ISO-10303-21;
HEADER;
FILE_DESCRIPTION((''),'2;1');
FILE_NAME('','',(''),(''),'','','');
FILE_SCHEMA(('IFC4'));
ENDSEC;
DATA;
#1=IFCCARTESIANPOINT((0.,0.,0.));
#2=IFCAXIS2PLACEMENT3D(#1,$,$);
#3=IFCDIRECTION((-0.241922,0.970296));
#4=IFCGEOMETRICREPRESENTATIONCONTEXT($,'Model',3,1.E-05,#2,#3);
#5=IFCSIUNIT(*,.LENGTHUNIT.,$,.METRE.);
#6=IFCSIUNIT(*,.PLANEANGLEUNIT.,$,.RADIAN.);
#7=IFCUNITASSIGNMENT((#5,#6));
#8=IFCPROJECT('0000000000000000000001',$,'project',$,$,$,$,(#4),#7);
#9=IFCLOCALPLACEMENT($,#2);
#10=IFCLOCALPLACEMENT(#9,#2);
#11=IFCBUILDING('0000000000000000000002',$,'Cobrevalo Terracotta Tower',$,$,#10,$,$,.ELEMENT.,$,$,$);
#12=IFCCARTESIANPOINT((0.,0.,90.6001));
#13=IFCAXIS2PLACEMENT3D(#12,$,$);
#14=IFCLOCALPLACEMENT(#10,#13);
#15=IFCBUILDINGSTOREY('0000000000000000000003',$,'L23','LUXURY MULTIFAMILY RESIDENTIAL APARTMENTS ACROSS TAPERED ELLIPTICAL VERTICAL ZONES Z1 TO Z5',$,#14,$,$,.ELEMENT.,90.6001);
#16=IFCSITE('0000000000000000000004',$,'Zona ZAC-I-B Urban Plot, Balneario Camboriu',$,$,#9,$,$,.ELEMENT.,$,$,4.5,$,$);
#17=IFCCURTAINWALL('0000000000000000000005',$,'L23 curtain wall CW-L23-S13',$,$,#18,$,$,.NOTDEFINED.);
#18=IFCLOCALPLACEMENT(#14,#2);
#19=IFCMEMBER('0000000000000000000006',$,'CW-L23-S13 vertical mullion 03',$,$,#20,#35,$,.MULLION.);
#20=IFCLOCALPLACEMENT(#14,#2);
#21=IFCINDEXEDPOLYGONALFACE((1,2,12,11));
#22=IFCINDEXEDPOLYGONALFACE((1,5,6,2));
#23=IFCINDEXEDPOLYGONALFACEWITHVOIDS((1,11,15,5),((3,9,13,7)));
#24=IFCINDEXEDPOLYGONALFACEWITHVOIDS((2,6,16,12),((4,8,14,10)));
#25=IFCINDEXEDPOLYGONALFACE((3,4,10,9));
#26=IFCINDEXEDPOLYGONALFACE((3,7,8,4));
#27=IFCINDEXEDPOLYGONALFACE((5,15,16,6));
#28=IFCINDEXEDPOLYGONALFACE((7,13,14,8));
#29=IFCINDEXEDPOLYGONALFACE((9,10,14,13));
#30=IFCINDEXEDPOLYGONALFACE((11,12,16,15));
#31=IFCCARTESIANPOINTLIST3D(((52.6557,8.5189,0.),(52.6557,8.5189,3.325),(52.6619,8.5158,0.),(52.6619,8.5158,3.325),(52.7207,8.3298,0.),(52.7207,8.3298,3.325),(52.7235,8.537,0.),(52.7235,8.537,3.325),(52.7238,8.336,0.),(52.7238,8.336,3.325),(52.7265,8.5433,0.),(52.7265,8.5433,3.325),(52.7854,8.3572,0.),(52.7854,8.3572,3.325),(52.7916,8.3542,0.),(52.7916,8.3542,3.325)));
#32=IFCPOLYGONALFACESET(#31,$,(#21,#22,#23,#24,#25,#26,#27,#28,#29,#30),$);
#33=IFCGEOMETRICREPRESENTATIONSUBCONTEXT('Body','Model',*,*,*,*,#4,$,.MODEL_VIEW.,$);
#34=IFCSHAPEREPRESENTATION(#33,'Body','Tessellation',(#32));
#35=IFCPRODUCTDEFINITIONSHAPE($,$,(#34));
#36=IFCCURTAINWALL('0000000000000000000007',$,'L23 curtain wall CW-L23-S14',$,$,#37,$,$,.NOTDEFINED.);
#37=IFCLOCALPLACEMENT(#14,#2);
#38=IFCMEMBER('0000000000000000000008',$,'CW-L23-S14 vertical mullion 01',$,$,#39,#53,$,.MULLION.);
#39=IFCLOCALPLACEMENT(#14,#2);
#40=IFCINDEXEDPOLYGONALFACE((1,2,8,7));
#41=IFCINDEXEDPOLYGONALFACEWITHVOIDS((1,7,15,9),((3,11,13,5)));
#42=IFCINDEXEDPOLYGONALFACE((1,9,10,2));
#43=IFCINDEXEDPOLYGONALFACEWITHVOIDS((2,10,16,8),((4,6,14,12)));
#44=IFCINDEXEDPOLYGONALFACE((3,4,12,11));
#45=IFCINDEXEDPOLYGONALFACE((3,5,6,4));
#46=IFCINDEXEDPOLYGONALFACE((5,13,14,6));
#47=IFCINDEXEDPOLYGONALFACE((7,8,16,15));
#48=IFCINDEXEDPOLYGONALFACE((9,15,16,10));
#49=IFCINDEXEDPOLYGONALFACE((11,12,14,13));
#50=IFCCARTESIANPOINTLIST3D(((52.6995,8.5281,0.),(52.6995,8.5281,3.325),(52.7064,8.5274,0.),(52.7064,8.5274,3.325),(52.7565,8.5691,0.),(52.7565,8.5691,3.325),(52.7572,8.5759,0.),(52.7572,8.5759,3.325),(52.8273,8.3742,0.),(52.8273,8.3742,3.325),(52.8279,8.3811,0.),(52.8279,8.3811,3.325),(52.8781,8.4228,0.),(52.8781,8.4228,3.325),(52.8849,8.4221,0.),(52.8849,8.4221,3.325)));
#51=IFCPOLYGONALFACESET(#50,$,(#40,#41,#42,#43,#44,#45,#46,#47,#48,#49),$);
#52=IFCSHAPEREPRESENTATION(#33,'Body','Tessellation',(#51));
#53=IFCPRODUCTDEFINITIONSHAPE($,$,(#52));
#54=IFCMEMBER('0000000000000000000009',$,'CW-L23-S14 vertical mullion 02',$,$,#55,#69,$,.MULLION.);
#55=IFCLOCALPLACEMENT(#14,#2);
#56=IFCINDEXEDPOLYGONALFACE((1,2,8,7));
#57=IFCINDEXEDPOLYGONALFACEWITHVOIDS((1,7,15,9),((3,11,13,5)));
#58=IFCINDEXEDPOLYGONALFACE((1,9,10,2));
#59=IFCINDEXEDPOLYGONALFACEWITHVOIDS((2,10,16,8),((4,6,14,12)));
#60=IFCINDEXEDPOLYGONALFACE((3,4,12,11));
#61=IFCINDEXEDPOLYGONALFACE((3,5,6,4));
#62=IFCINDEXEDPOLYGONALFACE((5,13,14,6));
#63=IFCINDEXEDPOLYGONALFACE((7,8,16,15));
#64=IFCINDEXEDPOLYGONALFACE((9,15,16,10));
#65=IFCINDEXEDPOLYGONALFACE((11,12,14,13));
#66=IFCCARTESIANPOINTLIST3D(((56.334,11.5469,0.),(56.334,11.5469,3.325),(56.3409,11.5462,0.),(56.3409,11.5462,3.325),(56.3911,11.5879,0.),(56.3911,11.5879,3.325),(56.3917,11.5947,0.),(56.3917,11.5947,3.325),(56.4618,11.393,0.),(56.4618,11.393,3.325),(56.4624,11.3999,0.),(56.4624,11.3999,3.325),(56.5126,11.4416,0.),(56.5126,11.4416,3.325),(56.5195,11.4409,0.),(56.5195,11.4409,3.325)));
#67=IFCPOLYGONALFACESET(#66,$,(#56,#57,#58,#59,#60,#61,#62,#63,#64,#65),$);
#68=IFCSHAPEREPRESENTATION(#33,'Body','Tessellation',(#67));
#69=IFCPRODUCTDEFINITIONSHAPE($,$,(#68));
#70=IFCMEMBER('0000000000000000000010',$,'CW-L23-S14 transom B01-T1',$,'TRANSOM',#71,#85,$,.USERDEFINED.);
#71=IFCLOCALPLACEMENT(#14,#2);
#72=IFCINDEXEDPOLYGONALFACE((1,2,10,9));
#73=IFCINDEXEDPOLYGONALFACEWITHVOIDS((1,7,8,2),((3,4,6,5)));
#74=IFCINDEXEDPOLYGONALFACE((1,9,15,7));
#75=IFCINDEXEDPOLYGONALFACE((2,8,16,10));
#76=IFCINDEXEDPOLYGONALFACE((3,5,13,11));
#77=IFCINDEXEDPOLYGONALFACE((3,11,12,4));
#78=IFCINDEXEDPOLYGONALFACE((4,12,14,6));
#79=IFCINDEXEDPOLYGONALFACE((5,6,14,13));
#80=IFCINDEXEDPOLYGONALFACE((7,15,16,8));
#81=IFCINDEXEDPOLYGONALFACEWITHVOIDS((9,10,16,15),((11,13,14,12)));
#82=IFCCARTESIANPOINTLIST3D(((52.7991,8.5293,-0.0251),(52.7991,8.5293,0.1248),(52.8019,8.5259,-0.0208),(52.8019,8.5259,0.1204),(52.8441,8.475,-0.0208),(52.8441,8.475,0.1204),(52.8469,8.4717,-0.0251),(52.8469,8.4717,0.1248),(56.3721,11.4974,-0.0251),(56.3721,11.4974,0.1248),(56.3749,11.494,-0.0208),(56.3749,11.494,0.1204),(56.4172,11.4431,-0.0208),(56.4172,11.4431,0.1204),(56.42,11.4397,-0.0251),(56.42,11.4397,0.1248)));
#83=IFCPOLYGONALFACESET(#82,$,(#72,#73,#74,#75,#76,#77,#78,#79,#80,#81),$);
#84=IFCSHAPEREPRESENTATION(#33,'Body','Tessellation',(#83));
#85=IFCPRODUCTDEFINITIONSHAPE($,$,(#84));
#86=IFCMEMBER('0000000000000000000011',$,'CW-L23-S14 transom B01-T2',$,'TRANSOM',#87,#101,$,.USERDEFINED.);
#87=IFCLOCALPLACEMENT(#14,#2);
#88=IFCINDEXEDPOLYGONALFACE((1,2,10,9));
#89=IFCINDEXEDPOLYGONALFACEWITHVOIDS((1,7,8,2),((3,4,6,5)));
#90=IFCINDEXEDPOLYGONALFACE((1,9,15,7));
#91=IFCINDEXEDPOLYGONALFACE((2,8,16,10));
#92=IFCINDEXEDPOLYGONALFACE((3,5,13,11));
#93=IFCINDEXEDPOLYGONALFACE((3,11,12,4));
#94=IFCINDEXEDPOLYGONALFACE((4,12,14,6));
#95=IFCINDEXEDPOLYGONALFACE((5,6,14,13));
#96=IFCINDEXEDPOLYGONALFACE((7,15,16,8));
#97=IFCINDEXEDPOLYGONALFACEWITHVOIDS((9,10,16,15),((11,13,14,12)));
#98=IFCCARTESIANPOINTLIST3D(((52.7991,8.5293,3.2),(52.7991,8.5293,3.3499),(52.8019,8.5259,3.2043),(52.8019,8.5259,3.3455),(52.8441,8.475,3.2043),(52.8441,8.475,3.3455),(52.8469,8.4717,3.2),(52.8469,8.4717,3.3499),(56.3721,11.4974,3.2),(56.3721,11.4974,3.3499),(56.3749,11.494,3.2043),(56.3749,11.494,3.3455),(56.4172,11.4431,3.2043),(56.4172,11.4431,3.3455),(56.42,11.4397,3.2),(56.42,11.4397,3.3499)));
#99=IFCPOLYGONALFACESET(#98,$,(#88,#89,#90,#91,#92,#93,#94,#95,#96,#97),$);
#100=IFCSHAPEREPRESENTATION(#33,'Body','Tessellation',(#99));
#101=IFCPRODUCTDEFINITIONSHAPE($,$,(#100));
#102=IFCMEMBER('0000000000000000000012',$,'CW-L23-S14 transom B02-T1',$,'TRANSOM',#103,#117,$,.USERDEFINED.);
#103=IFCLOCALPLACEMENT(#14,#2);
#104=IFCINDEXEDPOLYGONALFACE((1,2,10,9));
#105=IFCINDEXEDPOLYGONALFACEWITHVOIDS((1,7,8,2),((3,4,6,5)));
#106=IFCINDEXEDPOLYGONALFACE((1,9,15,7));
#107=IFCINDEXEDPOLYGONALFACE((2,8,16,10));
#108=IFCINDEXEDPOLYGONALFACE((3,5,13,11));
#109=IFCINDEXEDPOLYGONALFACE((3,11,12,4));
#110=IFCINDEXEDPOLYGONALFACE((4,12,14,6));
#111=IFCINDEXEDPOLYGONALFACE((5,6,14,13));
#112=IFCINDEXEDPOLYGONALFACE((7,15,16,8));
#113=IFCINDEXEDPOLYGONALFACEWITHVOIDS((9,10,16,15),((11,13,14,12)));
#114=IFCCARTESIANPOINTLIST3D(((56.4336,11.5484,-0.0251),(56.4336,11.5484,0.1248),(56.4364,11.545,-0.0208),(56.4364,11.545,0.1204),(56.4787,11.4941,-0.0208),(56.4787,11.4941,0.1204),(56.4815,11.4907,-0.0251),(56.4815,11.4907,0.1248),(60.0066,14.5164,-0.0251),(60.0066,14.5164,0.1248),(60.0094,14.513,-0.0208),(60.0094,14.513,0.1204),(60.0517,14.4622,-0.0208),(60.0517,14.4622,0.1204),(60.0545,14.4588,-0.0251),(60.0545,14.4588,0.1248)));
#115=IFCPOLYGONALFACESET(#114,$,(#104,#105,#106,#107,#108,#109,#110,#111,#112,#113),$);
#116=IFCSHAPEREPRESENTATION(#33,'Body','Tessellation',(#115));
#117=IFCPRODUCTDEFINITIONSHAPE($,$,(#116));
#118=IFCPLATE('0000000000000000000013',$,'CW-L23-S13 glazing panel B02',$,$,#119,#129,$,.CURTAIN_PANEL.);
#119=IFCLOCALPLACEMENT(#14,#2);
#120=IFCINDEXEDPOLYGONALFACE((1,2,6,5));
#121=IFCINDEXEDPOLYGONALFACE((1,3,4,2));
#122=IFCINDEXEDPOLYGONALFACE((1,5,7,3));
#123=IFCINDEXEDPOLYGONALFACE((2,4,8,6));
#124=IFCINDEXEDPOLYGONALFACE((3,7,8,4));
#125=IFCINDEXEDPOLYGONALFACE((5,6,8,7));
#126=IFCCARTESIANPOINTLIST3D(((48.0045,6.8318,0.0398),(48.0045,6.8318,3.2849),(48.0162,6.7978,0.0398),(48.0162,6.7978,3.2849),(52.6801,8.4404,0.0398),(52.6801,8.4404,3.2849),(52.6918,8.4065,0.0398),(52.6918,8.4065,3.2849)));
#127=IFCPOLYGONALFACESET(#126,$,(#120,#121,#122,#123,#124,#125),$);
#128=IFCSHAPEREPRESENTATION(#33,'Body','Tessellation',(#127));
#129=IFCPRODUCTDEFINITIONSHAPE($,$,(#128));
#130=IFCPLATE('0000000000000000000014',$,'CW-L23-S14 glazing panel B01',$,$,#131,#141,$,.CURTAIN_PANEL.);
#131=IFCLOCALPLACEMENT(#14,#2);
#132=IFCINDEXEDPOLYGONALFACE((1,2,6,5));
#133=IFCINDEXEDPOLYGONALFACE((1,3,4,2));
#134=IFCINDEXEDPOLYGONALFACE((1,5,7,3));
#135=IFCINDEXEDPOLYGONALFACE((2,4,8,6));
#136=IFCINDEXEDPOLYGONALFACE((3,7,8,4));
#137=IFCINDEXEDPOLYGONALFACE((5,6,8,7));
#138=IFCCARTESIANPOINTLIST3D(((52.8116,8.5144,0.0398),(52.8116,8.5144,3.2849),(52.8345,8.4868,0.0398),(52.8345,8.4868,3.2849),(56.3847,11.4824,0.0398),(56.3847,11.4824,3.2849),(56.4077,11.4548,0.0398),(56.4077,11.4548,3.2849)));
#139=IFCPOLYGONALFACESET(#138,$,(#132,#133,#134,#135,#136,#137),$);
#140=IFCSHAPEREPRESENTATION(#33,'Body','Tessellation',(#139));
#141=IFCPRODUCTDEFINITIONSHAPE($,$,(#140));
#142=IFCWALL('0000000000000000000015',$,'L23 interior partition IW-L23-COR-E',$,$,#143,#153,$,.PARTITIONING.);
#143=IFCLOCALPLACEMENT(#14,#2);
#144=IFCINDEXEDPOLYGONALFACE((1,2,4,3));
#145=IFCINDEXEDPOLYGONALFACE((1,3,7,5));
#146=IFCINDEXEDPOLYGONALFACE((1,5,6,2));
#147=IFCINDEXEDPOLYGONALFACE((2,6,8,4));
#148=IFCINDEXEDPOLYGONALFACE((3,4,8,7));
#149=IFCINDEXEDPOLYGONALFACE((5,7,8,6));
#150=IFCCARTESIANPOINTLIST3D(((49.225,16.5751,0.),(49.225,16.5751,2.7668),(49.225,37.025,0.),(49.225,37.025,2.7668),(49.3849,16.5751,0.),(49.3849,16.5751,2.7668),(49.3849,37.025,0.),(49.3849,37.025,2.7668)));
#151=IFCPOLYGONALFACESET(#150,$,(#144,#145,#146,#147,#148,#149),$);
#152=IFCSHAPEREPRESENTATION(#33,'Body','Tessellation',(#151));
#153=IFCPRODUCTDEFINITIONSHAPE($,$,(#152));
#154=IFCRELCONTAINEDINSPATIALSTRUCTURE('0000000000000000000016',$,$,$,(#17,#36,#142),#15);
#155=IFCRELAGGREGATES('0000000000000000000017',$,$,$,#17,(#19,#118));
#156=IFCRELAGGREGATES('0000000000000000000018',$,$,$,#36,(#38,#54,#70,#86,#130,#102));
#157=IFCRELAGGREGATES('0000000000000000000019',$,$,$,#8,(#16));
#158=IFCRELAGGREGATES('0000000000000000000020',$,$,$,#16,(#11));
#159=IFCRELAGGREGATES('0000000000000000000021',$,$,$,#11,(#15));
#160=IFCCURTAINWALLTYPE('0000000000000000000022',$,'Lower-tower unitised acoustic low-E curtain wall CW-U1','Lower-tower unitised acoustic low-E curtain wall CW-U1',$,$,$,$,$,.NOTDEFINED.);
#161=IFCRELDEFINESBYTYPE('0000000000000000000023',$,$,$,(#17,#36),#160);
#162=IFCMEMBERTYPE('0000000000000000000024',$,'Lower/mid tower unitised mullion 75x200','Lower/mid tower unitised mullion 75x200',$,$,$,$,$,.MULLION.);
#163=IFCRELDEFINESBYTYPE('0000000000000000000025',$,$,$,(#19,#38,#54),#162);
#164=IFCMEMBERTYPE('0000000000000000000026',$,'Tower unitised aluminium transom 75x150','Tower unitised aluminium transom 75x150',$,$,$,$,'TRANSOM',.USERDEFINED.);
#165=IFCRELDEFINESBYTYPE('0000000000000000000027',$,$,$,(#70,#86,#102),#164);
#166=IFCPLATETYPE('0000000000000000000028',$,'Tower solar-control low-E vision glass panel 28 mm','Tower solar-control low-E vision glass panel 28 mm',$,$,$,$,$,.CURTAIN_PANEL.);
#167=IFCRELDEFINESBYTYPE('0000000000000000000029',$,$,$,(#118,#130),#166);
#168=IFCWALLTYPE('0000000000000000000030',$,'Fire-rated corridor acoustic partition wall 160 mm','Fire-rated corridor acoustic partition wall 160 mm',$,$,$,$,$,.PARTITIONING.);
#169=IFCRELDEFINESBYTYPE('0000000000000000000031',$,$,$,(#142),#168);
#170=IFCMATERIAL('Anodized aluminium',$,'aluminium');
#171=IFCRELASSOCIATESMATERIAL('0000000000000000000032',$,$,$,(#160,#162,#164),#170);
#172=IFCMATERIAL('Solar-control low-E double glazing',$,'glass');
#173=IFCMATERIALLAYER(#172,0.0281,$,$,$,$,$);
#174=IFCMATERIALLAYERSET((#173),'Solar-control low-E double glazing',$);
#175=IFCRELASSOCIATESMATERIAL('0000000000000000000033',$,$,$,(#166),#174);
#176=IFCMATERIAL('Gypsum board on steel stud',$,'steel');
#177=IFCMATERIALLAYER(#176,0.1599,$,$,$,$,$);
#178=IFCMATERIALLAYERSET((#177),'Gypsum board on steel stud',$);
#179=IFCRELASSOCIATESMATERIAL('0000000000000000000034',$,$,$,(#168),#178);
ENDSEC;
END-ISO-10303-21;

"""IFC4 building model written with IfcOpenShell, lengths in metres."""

from ifc_helpers import new_model, si_unit, direction, frame, frame_2d, origin, origin_2d, place, context, subcontext, project, spatial, rectangle, hollow_rectangle, extrude, source, transform, mapped, material, layer, layer_set, material_profile, profile_set, type_object, element, aggregate, save


model = new_model("IFC4")

# Units and contexts
model_context = context("Model", 3, precision=1e-05, world=origin(), true_north=direction((-0.241922, 0.970296)))
body_context = subcontext(model_context, "Body", "Model", "MODEL_VIEW")
ifc_project = project(units=[si_unit("LENGTHUNIT", "METRE"), si_unit("PLANEANGLEUNIT", "RADIAN")], contexts=[model_context])

# Site, building, storey
site_placement = place(None, origin())
site = spatial("IfcSite", under=ifc_project, at=site_placement, Name="Zona ZAC-I-B Urban Plot, Balneario Camboriu", CompositionType="ELEMENT", RefElevation=4.5)
building_placement = place(site_placement, origin())
building = spatial("IfcBuilding", under=site, at=building_placement, Name="Cobrevalo Terracotta Tower", CompositionType="ELEMENT")
storey_placement = place(building_placement, frame((0.0, 0.0, 90.6001)))
storey = spatial("IfcBuildingStorey", under=building, at=storey_placement, Name="L23", Description="LUXURY MULTIFAMILY RESIDENTIAL APARTMENTS ACROSS TAPERED ELLIPTICAL VERTICAL ZONES Z1 TO Z5", CompositionType="ELEMENT", Elevation=90.6001)

# Curtain wall, member
ifc_material_1 = material(Name="Anodized aluminium", Category="aluminium")
curtain_wall_type = type_object("IfcCurtainWallType", Name="Lower-tower unitised acoustic low-E curtain wall CW-U1", Description="Lower-tower unitised acoustic low-E curtain wall CW-U1", PredefinedType="NOTDEFINED", material=ifc_material_1)
curtain_wall_1_placement = place(storey_placement, origin())
curtain_wall_1 = element("IfcCurtainWall", 1, at=curtain_wall_1_placement, inside=storey, type_object=curtain_wall_type, Name="L23 curtain wall CW-L23-S13", PredefinedType="NOTDEFINED")
ifc_material_profile_1 = material_profile(ifc_material_1, hollow_rectangle(XDim=0.075, YDim=0.2, WallThickness=0.0049, at=origin_2d()), Name="CWM 75x200")
ifc_profile_set_1 = profile_set([ifc_material_profile_1], Name="Anodized aluminium")
member_type_1 = type_object("IfcMemberType", Name="Lower/mid tower unitised mullion 75x200", Description="Lower/mid tower unitised mullion 75x200", PredefinedType="MULLION", material=ifc_profile_set_1)
shared_shape_1 = source(origin(), body_context, "Body", "SweptSolid", [
    extrude(hollow_rectangle(XDim=0.075, YDim=0.2, WallThickness=0.0049, at=origin_2d()), origin(), (0.0, 0.0, 1.0), 3.325),
])
member_1_placement = place(storey_placement, frame((52.7236, 8.4365, 0.0), z_axis=(0.0, 0.0, 1.0), x_axis=(0.945598, 0.325337, 0.0)))
member_1 = element("IfcMember", 2, at=member_1_placement, type_object=member_type_1, Name="CW-L23-S13 vertical mullion 03", PredefinedType="MULLION", context=body_context, shape_type="MappedRepresentation", body=[
    mapped(shared_shape_1, transform((0.0, 0.0, 0.0), scale=1.0)),
])

# Curtain wall, members
curtain_wall_2_placement = place(storey_placement, origin())
curtain_wall_2 = element("IfcCurtainWall", 3, at=curtain_wall_2_placement, inside=storey, type_object=curtain_wall_type, Name="L23 curtain wall CW-L23-S14", PredefinedType="NOTDEFINED")
member_2_placement = place(storey_placement, frame((52.7922, 8.4751, 0.0), z_axis=(0.0, 0.0, 1.0), x_axis=(0.769243, 0.638956, 0.0)))
member_2 = element("IfcMember", 4, at=member_2_placement, type_object=member_type_1, Name="CW-L23-S14 vertical mullion 01", PredefinedType="MULLION", context=body_context, shape_type="MappedRepresentation", body=[
    mapped(shared_shape_1, transform((0.0, 0.0, 0.0), scale=1.0)),
])
member_3_placement = place(storey_placement, frame((56.4268, 11.4939, 0.0), z_axis=(0.0, 0.0, 1.0), x_axis=(0.769243, 0.638956, 0.0)))
member_3 = element("IfcMember", 5, at=member_3_placement, type_object=member_type_1, Name="CW-L23-S14 vertical mullion 02", PredefinedType="MULLION", context=body_context, shape_type="MappedRepresentation", body=[
    mapped(shared_shape_1, transform((0.0, 0.0, 0.0), scale=1.0)),
])
ifc_material_profile_2 = material_profile(ifc_material_1, hollow_rectangle(XDim=0.075, YDim=0.1499, WallThickness=0.0044, at=origin_2d()), Name="CWT 75x150")
ifc_profile_set_2 = profile_set([ifc_material_profile_2], Name="Anodized aluminium")
member_type_2 = type_object("IfcMemberType", Name="Tower unitised aluminium transom 75x150", Description="Tower unitised aluminium transom 75x150", ElementType="TRANSOM", PredefinedType="USERDEFINED", material=ifc_profile_set_2)
shared_shape_2 = source(origin(), body_context, "Body", "SweptSolid", [
    extrude(hollow_rectangle(XDim=0.075, YDim=0.1499, WallThickness=0.0044, at=origin_2d()), origin(), (0.0, 0.0, 1.0), 4.645),
])
member_4_placement = place(storey_placement, frame((52.823, 8.5005, 0.0498), z_axis=(0.769224, 0.638979, 0.0), x_axis=(-0.638979, 0.769224, 0.0)))
member_4 = element("IfcMember", 6, at=member_4_placement, type_object=member_type_2, Name="CW-L23-S14 transom B01-T1", ObjectType="TRANSOM", PredefinedType="USERDEFINED", context=body_context, shape_type="MappedRepresentation", body=[
    mapped(shared_shape_2, transform((0.0, 0.0, 0.0), scale=1.0)),
])
member_5_placement = place(storey_placement, frame((52.823, 8.5005, 3.2749), z_axis=(0.769224, 0.638979, 0.0), x_axis=(-0.638979, 0.769224, 0.0)))
member_5 = element("IfcMember", 7, at=member_5_placement, type_object=member_type_2, Name="CW-L23-S14 transom B01-T2", ObjectType="TRANSOM", PredefinedType="USERDEFINED", context=body_context, shape_type="MappedRepresentation", body=[
    mapped(shared_shape_2, transform((0.0, 0.0, 0.0), scale=1.0)),
])
member_6_placement = place(storey_placement, frame((56.4575, 11.5195, 0.0498), z_axis=(0.769224, 0.638979, 0.0), x_axis=(-0.638979, 0.769224, 0.0)))
member_6 = element("IfcMember", 8, at=member_6_placement, type_object=member_type_2, Name="CW-L23-S14 transom B02-T1", ObjectType="TRANSOM", PredefinedType="USERDEFINED", context=body_context, shape_type="MappedRepresentation", body=[
    mapped(shared_shape_2, transform((0.0, 0.0, 0.0), scale=1.0)),
])

# Plates
ifc_material_2 = material(Name="Solar-control low-E double glazing", Category="glass")
ifc_layer_1 = layer(ifc_material_2, 0.0281)
ifc_layer_set_1 = layer_set([ifc_layer_1], Name="Solar-control low-E double glazing")
plate_type = type_object("IfcPlateType", Name="Tower solar-control low-E vision glass panel 28 mm", Description="Tower solar-control low-E vision glass panel 28 mm", PredefinedType="CURTAIN_PANEL", material=ifc_layer_set_1)
shared_shape_3 = source(origin(), body_context, "Body", "SweptSolid", [
    extrude(rectangle(XDim=4.9446, YDim=0.0359, at=origin_2d()), origin(), (0.0, 0.0, 1.0), 3.2451),
])
plate_1_placement = place(storey_placement, frame((50.3481, 7.6191, 0.0398), z_axis=(0.0, 0.0, 1.0), x_axis=(0.945596, 0.325342, 0.0)))
plate_1 = element("IfcPlate", 9, at=plate_1_placement, type_object=plate_type, Name="CW-L23-S13 glazing panel B02", PredefinedType="CURTAIN_PANEL", context=body_context, shape_type="MappedRepresentation", body=[
    mapped(shared_shape_3, transform((0.0, 0.0, 0.0), scale=1.0)),
])
aggregate(curtain_wall_1, [member_1, plate_1])
shared_shape_4 = source(origin(), body_context, "Body", "SweptSolid", [
    extrude(rectangle(XDim=4.645, YDim=0.0359, at=origin_2d()), origin(), (0.0, 0.0, 1.0), 3.2451),
])
plate_2_placement = place(storey_placement, frame((54.6096, 9.9846, 0.0398), z_axis=(0.0, 0.0, 1.0), x_axis=(0.769241, 0.638958, 0.0)))
plate_2 = element("IfcPlate", 10, at=plate_2_placement, type_object=plate_type, Name="CW-L23-S14 glazing panel B01", PredefinedType="CURTAIN_PANEL", context=body_context, shape_type="MappedRepresentation", body=[
    mapped(shared_shape_4, transform((0.0, 0.0, 0.0), scale=1.0)),
])
aggregate(curtain_wall_2, [member_2, member_3, member_4, member_5, plate_2, member_6])

# Wall
ifc_material_3 = material(Name="Gypsum board on steel stud", Category="steel")
ifc_layer_2 = layer(ifc_material_3, 0.1599)
ifc_layer_set_2 = layer_set([ifc_layer_2], Name="Gypsum board on steel stud")
wall_type_1 = type_object("IfcWallType", Name="Fire-rated corridor acoustic partition wall 160 mm", Description="Fire-rated corridor acoustic partition wall 160 mm", PredefinedType="PARTITIONING", material=ifc_layer_set_2)
wall_1_placement = place(storey_placement, frame((49.3049, 16.575, 0.0), z_axis=(0.0, 0.0, 1.0), x_axis=(0.0, 1.0, 0.0)))
element("IfcWall", 11, at=wall_1_placement, inside=storey, type_object=wall_type_1, Name="L23 interior partition IW-L23-COR-E", PredefinedType="PARTITIONING", context=body_context, shape_type="SweptSolid", body=[
    extrude(rectangle(XDim=20.45, YDim=0.1599, at=frame_2d((10.2251, 0.0))), origin(), (0.0, 0.0, 1.0), 2.7668),
])

save(model, "model.ifc")
